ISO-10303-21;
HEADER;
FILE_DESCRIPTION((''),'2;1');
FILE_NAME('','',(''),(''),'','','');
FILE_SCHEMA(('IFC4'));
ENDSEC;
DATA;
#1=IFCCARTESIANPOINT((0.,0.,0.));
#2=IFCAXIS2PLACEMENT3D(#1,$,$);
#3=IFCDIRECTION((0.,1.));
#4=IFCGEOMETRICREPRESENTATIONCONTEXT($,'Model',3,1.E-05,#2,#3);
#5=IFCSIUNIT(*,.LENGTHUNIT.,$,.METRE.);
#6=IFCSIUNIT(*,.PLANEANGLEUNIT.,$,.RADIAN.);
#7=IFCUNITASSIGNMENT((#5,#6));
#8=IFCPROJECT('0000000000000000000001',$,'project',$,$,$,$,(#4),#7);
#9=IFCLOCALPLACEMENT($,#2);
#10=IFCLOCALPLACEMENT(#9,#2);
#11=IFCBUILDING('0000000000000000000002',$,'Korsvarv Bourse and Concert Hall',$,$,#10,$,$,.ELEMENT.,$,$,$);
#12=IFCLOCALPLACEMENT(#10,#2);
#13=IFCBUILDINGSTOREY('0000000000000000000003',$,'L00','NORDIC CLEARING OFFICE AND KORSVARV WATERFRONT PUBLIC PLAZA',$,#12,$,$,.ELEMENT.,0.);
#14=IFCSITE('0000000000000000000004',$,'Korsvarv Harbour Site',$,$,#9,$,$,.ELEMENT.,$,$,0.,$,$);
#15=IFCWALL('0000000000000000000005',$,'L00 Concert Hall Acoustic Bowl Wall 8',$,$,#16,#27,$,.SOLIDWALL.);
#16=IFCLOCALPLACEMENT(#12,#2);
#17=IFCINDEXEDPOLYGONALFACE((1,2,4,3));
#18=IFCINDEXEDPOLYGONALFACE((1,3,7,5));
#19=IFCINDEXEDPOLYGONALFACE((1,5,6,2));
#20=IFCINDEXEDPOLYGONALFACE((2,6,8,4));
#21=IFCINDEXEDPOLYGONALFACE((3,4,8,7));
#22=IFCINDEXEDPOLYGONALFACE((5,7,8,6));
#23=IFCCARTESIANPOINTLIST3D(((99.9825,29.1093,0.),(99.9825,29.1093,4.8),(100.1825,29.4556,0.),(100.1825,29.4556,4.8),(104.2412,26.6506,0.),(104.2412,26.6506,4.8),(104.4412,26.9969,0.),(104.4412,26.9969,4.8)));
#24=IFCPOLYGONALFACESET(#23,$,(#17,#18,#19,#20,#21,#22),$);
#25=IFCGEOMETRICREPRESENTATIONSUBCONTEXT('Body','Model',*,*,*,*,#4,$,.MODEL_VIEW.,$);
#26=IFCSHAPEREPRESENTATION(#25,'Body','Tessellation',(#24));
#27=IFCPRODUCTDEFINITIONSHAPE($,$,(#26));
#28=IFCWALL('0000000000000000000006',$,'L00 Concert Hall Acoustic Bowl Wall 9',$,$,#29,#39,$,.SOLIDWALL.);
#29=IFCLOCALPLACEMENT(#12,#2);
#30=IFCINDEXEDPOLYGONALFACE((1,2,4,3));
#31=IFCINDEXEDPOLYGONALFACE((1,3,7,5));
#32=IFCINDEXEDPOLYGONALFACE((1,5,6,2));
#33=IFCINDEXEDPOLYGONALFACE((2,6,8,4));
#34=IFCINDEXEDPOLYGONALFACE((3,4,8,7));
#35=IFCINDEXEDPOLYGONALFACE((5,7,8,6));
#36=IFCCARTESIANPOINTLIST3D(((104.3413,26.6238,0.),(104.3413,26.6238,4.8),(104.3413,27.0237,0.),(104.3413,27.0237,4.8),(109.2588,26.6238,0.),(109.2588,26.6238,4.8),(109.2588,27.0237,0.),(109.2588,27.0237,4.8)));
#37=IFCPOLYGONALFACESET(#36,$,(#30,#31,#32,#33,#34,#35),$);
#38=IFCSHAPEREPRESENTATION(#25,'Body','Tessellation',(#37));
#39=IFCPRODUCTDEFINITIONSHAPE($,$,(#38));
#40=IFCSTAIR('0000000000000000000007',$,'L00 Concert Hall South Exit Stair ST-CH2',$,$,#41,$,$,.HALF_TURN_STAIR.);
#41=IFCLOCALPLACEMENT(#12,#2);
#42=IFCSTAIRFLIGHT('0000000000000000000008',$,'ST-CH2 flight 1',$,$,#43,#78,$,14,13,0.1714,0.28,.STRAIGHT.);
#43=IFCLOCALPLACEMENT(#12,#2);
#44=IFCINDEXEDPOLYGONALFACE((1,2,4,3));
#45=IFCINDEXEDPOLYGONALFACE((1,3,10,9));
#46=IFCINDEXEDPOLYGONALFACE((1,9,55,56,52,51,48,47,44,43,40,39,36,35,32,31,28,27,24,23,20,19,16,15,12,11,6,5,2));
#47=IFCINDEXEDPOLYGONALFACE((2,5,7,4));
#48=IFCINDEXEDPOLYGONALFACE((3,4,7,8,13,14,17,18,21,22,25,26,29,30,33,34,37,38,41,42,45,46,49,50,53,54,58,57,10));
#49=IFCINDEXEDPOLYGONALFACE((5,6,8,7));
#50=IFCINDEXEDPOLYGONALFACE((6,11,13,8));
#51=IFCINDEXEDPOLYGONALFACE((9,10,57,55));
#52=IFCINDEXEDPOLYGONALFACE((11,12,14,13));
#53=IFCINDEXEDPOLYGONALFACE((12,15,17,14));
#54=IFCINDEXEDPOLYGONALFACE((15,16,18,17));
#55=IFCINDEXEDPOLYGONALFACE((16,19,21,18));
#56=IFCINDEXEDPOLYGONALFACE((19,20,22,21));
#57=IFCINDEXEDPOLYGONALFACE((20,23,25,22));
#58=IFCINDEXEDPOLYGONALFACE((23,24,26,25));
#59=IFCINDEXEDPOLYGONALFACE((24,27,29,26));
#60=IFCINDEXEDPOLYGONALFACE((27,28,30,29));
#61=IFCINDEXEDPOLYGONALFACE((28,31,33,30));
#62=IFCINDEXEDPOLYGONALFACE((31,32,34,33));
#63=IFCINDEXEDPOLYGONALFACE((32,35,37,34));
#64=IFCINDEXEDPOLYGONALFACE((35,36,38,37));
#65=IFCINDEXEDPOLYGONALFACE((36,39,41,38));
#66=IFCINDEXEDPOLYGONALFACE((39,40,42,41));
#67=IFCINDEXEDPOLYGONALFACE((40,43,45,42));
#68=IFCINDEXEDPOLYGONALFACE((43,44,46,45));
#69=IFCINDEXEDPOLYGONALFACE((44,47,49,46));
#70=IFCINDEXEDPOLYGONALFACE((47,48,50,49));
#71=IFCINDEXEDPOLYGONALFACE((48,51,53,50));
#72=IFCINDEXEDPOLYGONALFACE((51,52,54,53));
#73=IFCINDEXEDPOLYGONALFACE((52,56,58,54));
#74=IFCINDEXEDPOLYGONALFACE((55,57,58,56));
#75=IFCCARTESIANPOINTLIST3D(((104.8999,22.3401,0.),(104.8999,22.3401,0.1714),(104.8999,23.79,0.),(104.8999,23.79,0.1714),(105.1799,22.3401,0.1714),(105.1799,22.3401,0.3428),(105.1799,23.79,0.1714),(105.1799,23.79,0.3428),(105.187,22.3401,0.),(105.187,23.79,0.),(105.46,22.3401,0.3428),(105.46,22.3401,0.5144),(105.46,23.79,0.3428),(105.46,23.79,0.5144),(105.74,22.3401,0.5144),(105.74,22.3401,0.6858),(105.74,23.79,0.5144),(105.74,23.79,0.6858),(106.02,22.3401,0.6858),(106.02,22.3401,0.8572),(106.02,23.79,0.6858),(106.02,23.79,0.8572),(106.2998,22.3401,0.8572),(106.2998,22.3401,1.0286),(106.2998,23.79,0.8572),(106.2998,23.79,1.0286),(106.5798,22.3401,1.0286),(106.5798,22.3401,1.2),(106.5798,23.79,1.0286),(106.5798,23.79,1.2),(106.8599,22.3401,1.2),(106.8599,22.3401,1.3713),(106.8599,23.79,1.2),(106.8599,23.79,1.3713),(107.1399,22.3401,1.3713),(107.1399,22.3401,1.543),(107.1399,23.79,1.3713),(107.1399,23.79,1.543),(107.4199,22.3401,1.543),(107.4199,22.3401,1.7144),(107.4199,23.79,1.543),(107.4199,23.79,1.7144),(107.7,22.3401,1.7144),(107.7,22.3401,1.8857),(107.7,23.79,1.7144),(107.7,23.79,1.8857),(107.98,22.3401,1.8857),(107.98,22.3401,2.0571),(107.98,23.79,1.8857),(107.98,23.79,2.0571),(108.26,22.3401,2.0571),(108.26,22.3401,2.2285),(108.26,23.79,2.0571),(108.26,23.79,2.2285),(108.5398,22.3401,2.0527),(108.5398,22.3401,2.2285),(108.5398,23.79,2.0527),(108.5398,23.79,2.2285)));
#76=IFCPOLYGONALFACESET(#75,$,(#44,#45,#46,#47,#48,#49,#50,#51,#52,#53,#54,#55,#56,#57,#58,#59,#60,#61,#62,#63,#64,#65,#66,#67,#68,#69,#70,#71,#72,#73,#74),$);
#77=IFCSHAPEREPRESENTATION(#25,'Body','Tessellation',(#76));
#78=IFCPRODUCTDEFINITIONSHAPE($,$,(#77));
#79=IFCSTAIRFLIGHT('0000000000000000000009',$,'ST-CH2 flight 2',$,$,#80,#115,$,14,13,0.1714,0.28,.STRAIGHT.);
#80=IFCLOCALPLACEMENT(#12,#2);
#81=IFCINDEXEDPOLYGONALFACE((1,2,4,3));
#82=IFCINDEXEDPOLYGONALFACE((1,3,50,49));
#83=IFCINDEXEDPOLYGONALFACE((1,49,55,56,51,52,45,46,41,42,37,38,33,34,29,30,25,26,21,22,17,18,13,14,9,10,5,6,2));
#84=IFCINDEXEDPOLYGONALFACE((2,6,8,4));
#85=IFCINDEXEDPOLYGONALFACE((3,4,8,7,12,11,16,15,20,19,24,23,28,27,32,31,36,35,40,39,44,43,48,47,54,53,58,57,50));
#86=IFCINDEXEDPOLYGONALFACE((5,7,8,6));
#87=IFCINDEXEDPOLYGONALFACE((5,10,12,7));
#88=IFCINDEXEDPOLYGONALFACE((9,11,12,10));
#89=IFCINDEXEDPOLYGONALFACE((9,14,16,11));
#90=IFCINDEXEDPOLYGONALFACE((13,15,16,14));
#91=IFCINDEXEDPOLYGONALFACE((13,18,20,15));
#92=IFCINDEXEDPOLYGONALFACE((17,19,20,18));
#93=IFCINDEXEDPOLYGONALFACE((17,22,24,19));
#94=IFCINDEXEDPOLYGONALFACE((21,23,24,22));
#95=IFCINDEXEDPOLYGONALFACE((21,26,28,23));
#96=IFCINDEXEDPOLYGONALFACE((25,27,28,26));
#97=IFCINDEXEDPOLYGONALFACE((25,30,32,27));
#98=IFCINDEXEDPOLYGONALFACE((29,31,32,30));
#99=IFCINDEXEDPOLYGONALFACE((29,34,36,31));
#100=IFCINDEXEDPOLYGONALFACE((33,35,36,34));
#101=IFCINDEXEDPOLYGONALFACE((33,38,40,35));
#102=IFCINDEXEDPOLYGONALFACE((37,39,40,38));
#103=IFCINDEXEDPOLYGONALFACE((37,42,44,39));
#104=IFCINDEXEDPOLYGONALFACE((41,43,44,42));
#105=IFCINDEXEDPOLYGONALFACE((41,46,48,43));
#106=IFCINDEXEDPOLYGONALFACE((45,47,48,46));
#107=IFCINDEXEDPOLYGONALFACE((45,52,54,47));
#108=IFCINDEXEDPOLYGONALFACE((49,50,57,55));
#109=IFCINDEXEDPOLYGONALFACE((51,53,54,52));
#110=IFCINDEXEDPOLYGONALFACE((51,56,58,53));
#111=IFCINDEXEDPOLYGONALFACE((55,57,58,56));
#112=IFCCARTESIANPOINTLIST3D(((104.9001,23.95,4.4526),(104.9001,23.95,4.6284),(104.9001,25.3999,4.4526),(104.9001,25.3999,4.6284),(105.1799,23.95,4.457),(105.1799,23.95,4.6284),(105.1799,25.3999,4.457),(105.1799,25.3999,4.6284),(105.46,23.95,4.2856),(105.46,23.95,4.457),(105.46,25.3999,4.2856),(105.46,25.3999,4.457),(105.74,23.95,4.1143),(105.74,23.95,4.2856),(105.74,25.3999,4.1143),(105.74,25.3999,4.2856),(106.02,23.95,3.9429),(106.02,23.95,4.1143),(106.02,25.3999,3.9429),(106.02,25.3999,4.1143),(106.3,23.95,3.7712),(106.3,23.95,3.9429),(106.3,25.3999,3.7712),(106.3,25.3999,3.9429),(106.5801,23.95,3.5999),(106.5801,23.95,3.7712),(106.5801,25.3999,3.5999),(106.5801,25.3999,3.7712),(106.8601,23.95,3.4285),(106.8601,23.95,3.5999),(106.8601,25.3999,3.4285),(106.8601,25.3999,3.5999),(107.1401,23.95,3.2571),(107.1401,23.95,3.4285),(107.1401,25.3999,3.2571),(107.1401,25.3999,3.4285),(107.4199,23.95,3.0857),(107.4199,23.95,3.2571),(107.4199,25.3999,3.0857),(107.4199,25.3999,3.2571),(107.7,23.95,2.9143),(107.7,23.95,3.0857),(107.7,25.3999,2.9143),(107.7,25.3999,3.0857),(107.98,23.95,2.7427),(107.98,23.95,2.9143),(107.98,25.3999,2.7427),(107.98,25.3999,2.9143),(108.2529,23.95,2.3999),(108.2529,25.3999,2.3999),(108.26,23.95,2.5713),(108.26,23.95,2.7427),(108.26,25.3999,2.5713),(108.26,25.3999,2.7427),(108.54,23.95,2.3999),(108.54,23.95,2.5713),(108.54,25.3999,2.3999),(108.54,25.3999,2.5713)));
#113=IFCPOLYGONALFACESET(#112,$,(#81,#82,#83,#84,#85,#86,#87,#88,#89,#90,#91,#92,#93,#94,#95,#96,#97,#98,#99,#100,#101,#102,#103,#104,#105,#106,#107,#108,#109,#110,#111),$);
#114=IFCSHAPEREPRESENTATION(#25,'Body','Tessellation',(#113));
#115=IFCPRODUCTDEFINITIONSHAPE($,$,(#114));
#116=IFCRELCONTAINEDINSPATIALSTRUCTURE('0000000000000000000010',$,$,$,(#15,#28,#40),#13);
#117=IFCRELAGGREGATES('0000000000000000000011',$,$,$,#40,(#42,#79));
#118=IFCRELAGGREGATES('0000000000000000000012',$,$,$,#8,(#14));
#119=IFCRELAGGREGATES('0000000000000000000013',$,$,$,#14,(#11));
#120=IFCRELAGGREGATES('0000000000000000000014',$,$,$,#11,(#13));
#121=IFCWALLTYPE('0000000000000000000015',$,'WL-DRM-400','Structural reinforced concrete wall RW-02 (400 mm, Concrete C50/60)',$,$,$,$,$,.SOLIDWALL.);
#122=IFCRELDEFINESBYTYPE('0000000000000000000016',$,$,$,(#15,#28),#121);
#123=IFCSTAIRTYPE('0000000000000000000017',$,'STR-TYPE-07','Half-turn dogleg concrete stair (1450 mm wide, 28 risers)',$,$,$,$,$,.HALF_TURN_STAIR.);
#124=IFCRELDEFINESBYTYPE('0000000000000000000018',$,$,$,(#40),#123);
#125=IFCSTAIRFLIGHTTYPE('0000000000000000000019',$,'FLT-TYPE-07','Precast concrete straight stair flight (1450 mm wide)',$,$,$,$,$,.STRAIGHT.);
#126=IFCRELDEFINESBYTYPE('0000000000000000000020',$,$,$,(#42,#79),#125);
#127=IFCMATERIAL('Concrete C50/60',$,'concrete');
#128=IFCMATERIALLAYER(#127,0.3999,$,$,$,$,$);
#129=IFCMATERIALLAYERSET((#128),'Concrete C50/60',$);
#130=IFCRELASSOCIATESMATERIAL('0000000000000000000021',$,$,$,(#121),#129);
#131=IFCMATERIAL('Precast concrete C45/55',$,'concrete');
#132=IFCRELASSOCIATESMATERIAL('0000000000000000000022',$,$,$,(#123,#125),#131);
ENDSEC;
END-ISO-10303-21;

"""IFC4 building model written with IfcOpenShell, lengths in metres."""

from ifc_helpers import new_model, si_unit, direction, frame, frame_2d, origin, place, context, subcontext, project, spatial, polyline, rectangle, outline, extrude, material, layer, layer_set, type_object, element, aggregate, save


model = new_model("IFC4")

# Units and contexts
model_context = context("Model", 3, precision=1e-05, world=origin(), true_north=direction((0.0, 1.0)))
body_context = subcontext(model_context, "Body", "Model", "MODEL_VIEW")
ifc_project = project(units=[si_unit("LENGTHUNIT", "METRE"), si_unit("PLANEANGLEUNIT", "RADIAN")], contexts=[model_context])

# Site, building, storey
site_placement = place(None, origin())
site = spatial("IfcSite", under=ifc_project, at=site_placement, Name="Korsvarv Harbour Site", CompositionType="ELEMENT", RefElevation=0.0)
building_placement = place(site_placement, origin())
building = spatial("IfcBuilding", under=site, at=building_placement, Name="Korsvarv Bourse and Concert Hall", CompositionType="ELEMENT")
storey_placement = place(building_placement, origin())
storey = spatial("IfcBuildingStorey", under=building, at=storey_placement, Name="L00", Description="NORDIC CLEARING OFFICE AND KORSVARV WATERFRONT PUBLIC PLAZA", CompositionType="ELEMENT", Elevation=0.0)

# Shared definitions
ifc_material_1 = material(Name="Concrete C50/60", Category="concrete")

# Shared definitions
ifc_layer_1 = layer(ifc_material_1, 0.3999)
ifc_layer_set_1 = layer_set([ifc_layer_1], Name="Concrete C50/60")
wall_type_1 = type_object("IfcWallType", Name="WL-DRM-400", Description="Structural reinforced concrete wall RW-02 (400 mm, Concrete C50/60)", PredefinedType="SOLIDWALL", material=ifc_layer_set_1)

# Walls
for number, where, z_axis, x_axis, name in (
    (1, (100.0825, 29.2825, 0.0), (0.0, 0.0, 1.0), (0.866032, -0.499989, 0.0), "L00 Concert Hall Acoustic Bowl Wall 8"),
    (2, (104.3413, 26.8237, 0.0), (0.0, 0.0, 1.0), (1.0, 0.0, 0.0), "L00 Concert Hall Acoustic Bowl Wall 9"),
):
    element("IfcWall", number, at=place(storey_placement, frame(where, z_axis=z_axis, x_axis=x_axis)), inside=storey, type_object=wall_type_1, Name=name, PredefinedType="SOLIDWALL", context=body_context, shape_type="SweptSolid", body=[
        extrude(rectangle(XDim=4.9175, YDim=0.3999, at=frame_2d((2.4587, 0.0))), origin(), (0.0, 0.0, 1.0), 4.8),
    ])

# Stair, stair flights
ifc_material_2 = material(Name="Precast concrete C45/55", Category="concrete")
stair_type = type_object("IfcStairType", Name="STR-TYPE-07", Description="Half-turn dogleg concrete stair (1450 mm wide, 28 risers)", PredefinedType="HALF_TURN_STAIR", material=ifc_material_2)
stair_placement = place(storey_placement, origin())
stair = element("IfcStair", 3, at=stair_placement, inside=storey, type_object=stair_type, Name="L00 Concert Hall South Exit Stair ST-CH2", PredefinedType="HALF_TURN_STAIR")
stair_flight_type = type_object("IfcStairFlightType", Name="FLT-TYPE-07", Description="Precast concrete straight stair flight (1450 mm wide)", PredefinedType="STRAIGHT", material=ifc_material_2)
stair_flight_1_placement = place(storey_placement, frame((104.8999, 23.0649, 0.0), z_axis=(0.0, 0.0, 1.0), x_axis=(1.0, 0.0, 0.0)))
stair_flight_1 = element("IfcStairFlight", 4, at=stair_flight_1_placement, type_object=stair_flight_type, Name="ST-CH2 flight 1", NumberOfRisers=14, NumberOfTreads=13, PredefinedType="STRAIGHT", RiserHeight=0.1714, TreadLength=0.28, context=body_context, shape_type="SweptSolid", body=[
    extrude(outline(polyline([(0.0, 0.0), (0.0, 0.1714), (0.28, 0.1714), (0.28, 0.3428), (0.5601, 0.3428), (0.5601, 0.5144), (0.8401, 0.5144), (0.8401, 0.6858), (1.1201, 0.6858), (1.1201, 0.8572), (1.3999, 0.8572), (1.3999, 1.0286), (1.6799, 1.0286), (1.6799, 1.2), (1.96, 1.2), (1.96, 1.3713), (2.24, 1.3713), (2.24, 1.543), (2.52, 1.543), (2.52, 1.7144), (2.8, 1.7144), (2.8, 1.8857), (3.0801, 1.8857), (3.0801, 2.0571), (3.3601, 2.0571), (3.3601, 2.2285), (3.6399, 2.2285), (3.6399, 2.3999), (3.6399, 2.0527), (0.2871, 0.0), (0.0, 0.0)])), frame((0.0, 0.7251, 0.0), z_axis=(0.0, -1.0, 0.0), x_axis=(1.0, 0.0, 0.0)), (0.0, 0.0, 1.0), 1.45),
])
stair_flight_2_placement = place(storey_placement, frame((108.54, 24.675, 2.3999), z_axis=(0.0, 0.0, 1.0), x_axis=(-1.0, 0.0, 0.0)))
stair_flight_2 = element("IfcStairFlight", 5, at=stair_flight_2_placement, type_object=stair_flight_type, Name="ST-CH2 flight 2", NumberOfRisers=14, NumberOfTreads=13, PredefinedType="STRAIGHT", RiserHeight=0.1714, TreadLength=0.28, context=body_context, shape_type="SweptSolid", body=[
    extrude(outline(polyline([(0.0, 0.0), (0.0, 0.1714), (0.28, 0.1714), (0.28, 0.3428), (0.5601, 0.3428), (0.5601, 0.5144), (0.8401, 0.5144), (0.8401, 0.6858), (1.1201, 0.6858), (1.1201, 0.8572), (1.3999, 0.8572), (1.3999, 1.0286), (1.6799, 1.0286), (1.6799, 1.2), (1.96, 1.2), (1.96, 1.3713), (2.24, 1.3713), (2.24, 1.543), (2.52, 1.543), (2.52, 1.7144), (2.8, 1.7144), (2.8, 1.8857), (3.0801, 1.8857), (3.0801, 2.0571), (3.3601, 2.0571), (3.3601, 2.2285), (3.6399, 2.2285), (3.6399, 2.3999), (3.6399, 2.0527), (0.2871, 0.0), (0.0, 0.0)])), frame((0.0, 0.7251, 0.0), z_axis=(0.0, -1.0, 0.0), x_axis=(1.0, 0.0, 0.0)), (0.0, 0.0, 1.0), 1.45),
])
aggregate(stair, [stair_flight_1, stair_flight_2])

save(model, "model.ifc")
